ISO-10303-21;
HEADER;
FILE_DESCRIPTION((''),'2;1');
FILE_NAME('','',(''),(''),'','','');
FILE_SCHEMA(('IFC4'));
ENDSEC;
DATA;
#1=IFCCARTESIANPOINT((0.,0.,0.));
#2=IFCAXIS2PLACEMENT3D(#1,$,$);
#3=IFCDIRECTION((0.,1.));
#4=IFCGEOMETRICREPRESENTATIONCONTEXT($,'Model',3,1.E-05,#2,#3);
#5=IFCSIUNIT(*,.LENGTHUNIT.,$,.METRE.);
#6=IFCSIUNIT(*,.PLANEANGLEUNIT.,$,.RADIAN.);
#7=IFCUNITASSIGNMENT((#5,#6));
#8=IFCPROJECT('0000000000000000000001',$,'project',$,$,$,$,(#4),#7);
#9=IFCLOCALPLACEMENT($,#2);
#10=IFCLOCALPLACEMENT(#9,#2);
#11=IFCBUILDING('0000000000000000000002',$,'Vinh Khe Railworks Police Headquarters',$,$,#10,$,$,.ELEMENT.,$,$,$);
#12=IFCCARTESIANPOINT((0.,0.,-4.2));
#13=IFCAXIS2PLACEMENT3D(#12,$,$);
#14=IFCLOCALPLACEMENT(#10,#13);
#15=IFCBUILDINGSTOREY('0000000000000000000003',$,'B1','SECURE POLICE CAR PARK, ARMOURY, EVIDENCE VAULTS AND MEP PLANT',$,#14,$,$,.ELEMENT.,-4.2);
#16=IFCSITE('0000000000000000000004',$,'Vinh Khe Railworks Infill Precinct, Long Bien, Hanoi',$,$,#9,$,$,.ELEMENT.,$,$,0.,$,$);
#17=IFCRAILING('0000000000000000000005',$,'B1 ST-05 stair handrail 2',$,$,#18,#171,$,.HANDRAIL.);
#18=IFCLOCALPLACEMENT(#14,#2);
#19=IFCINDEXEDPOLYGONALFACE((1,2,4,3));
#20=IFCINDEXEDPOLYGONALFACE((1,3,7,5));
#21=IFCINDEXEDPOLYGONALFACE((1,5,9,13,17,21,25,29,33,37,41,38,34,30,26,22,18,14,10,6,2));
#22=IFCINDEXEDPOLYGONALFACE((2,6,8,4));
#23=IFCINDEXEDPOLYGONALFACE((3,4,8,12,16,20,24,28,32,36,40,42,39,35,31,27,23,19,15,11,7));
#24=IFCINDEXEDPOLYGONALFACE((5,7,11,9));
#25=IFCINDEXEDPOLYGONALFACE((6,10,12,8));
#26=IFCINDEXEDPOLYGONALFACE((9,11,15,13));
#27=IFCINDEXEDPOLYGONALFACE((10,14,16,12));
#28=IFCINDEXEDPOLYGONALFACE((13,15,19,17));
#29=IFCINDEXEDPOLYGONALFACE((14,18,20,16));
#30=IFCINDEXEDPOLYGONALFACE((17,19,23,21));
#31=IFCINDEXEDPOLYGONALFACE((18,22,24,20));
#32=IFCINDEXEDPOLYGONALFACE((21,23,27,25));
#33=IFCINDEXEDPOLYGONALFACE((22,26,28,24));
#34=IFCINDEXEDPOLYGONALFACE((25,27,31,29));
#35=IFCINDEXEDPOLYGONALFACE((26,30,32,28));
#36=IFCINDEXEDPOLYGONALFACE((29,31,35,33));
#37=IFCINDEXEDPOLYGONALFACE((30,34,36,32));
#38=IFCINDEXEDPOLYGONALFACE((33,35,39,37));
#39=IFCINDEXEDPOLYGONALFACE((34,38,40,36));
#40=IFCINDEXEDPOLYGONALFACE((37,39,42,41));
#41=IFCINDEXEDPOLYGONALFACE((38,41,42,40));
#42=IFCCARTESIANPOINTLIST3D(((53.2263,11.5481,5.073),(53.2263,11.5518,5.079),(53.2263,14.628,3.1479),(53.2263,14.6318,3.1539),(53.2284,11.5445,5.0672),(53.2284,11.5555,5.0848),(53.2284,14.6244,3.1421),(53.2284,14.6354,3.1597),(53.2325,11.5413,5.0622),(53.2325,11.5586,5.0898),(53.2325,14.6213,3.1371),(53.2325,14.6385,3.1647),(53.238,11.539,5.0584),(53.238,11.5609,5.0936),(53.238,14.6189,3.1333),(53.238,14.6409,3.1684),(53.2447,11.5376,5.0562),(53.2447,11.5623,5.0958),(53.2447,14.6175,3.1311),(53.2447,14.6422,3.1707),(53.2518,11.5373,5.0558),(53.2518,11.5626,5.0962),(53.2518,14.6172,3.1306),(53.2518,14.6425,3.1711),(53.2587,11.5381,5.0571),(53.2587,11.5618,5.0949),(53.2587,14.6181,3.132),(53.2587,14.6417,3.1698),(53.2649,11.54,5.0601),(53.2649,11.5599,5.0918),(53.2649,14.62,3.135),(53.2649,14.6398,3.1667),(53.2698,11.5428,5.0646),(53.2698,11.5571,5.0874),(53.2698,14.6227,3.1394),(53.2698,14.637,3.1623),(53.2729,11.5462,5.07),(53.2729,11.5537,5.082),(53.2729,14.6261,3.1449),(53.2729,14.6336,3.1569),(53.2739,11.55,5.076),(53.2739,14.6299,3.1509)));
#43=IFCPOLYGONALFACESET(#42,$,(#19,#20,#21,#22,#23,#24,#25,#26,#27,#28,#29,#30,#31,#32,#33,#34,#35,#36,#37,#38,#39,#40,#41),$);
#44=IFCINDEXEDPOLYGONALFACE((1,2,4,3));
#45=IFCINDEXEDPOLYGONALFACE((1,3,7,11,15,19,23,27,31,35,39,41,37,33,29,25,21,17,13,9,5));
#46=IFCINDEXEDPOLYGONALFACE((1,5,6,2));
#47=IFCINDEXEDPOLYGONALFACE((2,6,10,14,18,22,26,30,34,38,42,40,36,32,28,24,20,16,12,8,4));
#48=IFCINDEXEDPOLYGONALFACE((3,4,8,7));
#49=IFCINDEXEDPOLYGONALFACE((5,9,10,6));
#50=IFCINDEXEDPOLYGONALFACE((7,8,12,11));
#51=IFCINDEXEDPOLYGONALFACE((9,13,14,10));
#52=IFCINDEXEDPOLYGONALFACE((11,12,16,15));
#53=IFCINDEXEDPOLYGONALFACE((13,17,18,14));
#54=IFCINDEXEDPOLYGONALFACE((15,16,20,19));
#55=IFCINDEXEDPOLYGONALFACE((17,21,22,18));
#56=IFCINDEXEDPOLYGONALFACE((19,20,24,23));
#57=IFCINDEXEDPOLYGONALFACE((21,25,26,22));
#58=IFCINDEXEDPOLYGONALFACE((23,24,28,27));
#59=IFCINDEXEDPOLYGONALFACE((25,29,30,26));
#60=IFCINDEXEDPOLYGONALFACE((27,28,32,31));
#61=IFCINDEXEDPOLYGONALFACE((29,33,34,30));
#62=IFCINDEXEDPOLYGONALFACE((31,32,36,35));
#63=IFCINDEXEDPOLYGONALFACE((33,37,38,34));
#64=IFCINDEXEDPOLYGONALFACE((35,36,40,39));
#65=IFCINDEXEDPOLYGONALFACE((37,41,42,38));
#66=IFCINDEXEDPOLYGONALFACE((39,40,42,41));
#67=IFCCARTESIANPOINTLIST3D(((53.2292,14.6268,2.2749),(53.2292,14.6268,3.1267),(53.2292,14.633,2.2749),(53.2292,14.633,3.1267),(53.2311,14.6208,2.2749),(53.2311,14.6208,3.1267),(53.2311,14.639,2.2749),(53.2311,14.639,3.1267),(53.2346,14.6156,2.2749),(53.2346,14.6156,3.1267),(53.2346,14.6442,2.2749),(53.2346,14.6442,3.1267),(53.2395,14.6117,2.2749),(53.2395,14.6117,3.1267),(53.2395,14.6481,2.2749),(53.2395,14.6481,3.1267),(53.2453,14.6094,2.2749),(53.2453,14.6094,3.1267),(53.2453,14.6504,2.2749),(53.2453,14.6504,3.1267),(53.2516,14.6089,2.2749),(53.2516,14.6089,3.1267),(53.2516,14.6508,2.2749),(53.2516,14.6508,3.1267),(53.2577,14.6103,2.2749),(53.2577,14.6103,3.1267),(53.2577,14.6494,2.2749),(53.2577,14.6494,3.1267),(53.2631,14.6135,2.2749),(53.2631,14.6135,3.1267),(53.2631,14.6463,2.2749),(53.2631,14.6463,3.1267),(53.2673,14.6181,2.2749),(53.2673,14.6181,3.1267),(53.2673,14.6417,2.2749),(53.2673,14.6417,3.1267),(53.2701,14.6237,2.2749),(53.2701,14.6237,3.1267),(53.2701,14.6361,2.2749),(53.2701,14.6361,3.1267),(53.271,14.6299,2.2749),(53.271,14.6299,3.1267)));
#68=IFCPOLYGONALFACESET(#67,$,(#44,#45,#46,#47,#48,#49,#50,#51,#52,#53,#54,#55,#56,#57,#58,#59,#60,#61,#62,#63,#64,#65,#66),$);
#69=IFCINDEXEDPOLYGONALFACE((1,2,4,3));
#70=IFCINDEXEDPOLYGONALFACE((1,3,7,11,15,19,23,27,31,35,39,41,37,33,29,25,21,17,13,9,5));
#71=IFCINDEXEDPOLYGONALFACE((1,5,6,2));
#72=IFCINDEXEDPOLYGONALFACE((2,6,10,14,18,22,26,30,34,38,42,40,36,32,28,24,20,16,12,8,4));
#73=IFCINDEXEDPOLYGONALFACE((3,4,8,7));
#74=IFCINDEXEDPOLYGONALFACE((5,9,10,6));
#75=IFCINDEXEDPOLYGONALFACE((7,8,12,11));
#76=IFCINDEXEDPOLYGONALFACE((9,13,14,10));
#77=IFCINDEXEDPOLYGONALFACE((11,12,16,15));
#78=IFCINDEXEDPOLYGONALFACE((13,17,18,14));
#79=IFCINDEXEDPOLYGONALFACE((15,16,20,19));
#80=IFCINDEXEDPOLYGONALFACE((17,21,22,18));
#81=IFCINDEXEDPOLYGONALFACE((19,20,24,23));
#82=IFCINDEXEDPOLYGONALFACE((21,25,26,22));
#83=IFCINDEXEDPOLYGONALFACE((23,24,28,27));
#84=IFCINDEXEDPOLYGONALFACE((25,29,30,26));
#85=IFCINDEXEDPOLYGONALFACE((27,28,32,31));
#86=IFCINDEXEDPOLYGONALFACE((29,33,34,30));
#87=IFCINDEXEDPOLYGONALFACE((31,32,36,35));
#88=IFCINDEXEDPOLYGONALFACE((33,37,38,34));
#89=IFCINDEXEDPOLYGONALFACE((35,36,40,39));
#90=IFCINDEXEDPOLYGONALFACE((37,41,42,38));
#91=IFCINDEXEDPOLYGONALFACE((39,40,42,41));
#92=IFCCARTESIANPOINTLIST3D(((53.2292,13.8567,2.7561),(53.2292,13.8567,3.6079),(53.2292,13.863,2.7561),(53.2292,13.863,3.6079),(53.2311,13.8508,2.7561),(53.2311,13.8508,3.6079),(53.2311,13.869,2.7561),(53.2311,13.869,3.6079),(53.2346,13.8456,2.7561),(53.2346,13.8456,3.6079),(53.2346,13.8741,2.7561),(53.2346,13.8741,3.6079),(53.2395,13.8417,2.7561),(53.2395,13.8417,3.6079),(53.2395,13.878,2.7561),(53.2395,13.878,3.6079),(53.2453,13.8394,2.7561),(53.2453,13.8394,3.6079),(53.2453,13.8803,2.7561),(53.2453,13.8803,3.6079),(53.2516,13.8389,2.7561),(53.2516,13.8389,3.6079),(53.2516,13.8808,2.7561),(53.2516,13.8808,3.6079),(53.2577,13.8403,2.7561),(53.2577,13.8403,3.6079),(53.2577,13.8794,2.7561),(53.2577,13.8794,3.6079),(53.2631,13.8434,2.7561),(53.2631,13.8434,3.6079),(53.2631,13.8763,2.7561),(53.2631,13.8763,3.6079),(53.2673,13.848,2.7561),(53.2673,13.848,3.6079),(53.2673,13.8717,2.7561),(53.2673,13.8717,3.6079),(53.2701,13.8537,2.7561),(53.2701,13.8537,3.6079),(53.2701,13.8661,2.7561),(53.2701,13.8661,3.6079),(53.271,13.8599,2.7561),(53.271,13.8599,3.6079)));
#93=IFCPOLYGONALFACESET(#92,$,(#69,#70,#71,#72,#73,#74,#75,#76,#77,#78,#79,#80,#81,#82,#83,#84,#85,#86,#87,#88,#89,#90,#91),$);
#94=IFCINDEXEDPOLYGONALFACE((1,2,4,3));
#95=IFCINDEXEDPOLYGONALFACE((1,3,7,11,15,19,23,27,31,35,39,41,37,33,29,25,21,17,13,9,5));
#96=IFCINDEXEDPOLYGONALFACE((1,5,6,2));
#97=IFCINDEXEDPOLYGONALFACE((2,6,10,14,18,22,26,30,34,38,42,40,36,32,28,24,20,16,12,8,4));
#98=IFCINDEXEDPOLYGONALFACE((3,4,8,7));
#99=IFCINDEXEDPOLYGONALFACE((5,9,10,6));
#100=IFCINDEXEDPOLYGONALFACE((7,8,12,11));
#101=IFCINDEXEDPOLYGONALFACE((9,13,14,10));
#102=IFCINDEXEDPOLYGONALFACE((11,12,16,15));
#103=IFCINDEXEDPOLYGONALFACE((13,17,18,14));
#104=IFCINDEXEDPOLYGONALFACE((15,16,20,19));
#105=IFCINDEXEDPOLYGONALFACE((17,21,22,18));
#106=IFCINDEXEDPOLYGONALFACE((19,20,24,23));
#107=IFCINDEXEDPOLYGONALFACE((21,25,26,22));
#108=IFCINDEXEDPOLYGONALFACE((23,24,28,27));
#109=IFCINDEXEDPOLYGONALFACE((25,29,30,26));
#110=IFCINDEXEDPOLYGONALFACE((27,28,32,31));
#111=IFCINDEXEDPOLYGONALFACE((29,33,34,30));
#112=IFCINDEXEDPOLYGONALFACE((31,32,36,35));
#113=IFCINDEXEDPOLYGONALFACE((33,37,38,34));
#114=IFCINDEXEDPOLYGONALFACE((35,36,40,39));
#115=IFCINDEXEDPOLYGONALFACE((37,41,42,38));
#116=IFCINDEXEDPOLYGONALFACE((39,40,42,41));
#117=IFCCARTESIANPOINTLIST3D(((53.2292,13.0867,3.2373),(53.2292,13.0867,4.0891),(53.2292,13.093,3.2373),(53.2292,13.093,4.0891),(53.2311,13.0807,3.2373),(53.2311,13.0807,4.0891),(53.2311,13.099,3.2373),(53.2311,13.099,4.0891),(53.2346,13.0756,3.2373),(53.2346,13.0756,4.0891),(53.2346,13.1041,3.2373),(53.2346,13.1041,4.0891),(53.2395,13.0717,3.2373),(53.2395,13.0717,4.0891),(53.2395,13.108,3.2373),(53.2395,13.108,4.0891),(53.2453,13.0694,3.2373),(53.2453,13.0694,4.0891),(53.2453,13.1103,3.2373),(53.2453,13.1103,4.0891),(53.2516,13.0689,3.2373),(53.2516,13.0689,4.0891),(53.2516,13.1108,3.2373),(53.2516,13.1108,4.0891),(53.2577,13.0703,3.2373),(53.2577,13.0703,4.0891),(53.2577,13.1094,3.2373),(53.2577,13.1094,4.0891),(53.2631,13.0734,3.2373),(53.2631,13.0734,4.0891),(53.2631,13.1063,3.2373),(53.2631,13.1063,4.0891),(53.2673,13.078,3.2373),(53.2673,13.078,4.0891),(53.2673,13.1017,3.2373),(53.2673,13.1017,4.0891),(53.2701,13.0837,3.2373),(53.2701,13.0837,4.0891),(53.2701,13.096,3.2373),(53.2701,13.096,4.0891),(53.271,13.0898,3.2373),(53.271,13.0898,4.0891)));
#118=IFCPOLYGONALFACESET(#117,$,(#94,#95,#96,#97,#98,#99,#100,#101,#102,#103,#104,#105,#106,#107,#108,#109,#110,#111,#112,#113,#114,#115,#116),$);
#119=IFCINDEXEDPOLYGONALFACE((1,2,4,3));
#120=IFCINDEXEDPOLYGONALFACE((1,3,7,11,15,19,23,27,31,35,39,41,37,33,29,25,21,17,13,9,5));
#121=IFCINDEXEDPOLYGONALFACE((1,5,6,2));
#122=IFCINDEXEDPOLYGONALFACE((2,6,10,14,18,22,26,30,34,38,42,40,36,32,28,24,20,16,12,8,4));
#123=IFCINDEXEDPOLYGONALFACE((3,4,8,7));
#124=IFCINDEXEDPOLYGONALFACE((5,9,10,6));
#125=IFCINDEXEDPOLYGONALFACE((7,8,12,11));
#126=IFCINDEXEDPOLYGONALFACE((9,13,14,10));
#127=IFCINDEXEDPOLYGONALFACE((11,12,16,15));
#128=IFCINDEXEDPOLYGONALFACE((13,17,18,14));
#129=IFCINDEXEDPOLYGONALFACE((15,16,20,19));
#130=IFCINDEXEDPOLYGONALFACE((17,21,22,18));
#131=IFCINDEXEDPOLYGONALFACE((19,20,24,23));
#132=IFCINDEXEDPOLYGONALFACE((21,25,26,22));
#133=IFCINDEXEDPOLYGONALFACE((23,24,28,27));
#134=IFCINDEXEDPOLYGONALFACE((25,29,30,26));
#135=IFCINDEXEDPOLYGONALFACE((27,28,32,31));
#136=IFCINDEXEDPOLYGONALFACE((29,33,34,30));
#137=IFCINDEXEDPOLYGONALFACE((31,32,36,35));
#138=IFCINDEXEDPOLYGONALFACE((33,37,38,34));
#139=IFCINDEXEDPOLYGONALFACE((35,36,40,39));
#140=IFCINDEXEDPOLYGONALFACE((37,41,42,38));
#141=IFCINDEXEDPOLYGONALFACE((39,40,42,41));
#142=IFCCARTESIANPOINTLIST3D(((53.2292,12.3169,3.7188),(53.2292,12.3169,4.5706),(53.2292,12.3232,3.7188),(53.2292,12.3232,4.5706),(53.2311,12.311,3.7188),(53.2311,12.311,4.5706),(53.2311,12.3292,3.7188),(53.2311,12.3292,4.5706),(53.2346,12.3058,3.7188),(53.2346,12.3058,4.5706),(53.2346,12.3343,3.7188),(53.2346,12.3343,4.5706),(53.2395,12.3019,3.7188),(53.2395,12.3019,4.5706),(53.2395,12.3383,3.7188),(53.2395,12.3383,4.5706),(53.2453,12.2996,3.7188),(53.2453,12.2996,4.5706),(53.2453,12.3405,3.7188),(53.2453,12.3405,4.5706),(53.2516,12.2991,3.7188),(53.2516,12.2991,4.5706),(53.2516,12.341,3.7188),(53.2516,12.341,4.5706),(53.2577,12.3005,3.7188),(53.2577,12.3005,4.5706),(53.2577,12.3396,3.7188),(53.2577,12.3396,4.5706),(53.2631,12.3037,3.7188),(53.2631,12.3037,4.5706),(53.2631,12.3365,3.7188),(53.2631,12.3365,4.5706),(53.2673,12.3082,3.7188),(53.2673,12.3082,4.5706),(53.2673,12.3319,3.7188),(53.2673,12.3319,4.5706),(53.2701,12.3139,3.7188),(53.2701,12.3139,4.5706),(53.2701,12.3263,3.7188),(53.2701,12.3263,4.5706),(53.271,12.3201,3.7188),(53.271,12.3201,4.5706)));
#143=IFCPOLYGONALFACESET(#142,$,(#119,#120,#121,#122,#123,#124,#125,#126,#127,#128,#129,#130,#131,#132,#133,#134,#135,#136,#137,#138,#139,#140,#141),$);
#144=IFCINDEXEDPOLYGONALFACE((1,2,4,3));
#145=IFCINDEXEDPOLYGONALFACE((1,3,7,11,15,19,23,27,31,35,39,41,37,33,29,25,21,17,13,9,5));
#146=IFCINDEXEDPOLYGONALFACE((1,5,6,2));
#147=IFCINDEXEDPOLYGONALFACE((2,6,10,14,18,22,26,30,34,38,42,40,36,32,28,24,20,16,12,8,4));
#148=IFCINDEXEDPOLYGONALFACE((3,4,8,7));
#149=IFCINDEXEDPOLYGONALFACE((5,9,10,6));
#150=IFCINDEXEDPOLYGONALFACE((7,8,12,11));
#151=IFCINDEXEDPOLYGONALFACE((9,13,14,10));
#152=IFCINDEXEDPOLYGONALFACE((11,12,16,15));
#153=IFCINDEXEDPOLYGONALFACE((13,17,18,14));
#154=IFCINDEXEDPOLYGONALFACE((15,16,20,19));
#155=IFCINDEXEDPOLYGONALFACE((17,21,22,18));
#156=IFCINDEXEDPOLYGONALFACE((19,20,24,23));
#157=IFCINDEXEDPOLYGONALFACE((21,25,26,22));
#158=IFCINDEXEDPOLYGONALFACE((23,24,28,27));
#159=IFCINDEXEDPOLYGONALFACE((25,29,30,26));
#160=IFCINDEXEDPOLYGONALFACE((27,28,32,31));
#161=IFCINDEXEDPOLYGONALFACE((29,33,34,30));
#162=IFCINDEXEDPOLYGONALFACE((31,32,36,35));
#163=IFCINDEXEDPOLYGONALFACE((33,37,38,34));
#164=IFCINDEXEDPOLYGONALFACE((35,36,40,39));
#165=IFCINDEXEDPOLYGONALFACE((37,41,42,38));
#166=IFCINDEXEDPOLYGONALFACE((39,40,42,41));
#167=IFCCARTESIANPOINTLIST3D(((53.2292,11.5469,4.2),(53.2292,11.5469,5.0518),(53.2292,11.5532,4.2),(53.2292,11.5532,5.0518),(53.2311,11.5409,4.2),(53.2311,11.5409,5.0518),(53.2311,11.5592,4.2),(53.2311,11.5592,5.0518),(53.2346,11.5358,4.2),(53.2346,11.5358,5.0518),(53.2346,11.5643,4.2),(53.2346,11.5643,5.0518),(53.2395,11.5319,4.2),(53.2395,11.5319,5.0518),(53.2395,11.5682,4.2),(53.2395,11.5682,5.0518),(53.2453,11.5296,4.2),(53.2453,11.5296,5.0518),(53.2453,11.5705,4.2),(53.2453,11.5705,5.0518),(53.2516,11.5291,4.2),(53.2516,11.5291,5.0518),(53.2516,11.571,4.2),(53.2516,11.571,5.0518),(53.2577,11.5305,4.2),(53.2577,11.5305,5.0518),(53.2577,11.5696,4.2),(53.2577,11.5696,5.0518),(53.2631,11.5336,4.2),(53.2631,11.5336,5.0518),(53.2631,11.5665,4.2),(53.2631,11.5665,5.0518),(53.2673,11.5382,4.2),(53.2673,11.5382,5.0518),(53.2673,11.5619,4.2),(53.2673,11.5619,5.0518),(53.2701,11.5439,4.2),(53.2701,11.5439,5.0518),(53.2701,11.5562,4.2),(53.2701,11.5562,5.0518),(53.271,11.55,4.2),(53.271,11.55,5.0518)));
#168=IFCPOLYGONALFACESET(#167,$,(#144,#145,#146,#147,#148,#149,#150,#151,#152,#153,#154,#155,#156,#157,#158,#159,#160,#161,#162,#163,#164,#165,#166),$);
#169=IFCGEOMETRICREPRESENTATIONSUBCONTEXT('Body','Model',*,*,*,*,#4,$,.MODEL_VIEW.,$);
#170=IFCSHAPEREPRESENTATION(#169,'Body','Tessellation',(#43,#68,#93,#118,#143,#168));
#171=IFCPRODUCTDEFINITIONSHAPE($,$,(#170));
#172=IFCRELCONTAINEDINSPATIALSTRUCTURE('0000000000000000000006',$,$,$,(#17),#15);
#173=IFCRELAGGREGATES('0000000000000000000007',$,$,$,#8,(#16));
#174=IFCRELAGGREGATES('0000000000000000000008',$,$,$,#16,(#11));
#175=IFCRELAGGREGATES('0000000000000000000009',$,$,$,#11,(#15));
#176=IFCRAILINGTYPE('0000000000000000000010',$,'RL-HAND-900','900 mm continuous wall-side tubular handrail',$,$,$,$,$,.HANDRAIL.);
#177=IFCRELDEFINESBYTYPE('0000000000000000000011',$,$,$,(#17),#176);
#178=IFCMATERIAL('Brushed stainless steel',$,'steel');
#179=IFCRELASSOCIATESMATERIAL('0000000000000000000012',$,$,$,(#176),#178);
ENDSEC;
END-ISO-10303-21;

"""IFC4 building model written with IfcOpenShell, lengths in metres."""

from ifc_helpers import new_model, si_unit, direction, frame, origin, origin_2d, place, context, subcontext, project, spatial, circle, extrude, material, type_object, element, save


model = new_model("IFC4")

# Units and contexts
model_context = context("Model", 3, precision=1e-05, world=origin(), true_north=direction((0.0, 1.0)))
body_context = subcontext(model_context, "Body", "Model", "MODEL_VIEW")
ifc_project = project(units=[si_unit("LENGTHUNIT", "METRE"), si_unit("PLANEANGLEUNIT", "RADIAN")], contexts=[model_context])

# Site, building, storey
site_placement = place(None, origin())
site = spatial("IfcSite", under=ifc_project, at=site_placement, Name="Vinh Khe Railworks Infill Precinct, Long Bien, Hanoi", CompositionType="ELEMENT", RefElevation=0.0)
building_placement = place(site_placement, origin())
building = spatial("IfcBuilding", under=site, at=building_placement, Name="Vinh Khe Railworks Police Headquarters", CompositionType="ELEMENT")
storey_placement = place(building_placement, frame((0.0, 0.0, -4.2)))
storey = spatial("IfcBuildingStorey", under=building, at=storey_placement, Name="B1", Description="SECURE POLICE CAR PARK, ARMOURY, EVIDENCE VAULTS AND MEP PLANT", CompositionType="ELEMENT", Elevation=-4.2)

# Railing
ifc_material_1 = material(Name="Brushed stainless steel", Category="steel")
railing_type = type_object("IfcRailingType", Name="RL-HAND-900", Description="900 mm continuous wall-side tubular handrail", PredefinedType="HANDRAIL", material=ifc_material_1)
railing_placement = place(storey_placement, frame((53.25, 14.6299, 2.2749)))
element("IfcRailing", 1, at=railing_placement, inside=storey, type_object=railing_type, Name="B1 ST-05 stair handrail 2", PredefinedType="HANDRAIL", context=body_context, shape_type="SweptSolid", body=[
    extrude(circle(Radius=0.0239, at=origin_2d()), frame((0.0, 0.0, 0.876), z_axis=(0.0, -0.847979, 0.530029), x_axis=(1.0, 0.0, 0.0)), (0.0, 0.0, 1.0), 3.6321),
    extrude(circle(Radius=0.021, at=origin_2d()), origin(), (0.0, 0.0, 1.0), 0.8518),
    extrude(circle(Radius=0.021, at=origin_2d()), frame((0.0, -0.77, 0.4812)), (0.0, 0.0, 1.0), 0.8518),
    extrude(circle(Radius=0.021, at=origin_2d()), frame((0.0, -1.54, 0.9624)), (0.0, 0.0, 1.0), 0.8518),
    extrude(circle(Radius=0.021, at=origin_2d()), frame((0.0, -2.3098, 1.4438)), (0.0, 0.0, 1.0), 0.8518),
    extrude(circle(Radius=0.021, at=origin_2d()), frame((0.0, -3.0798, 1.925)), (0.0, 0.0, 1.0), 0.8518),
])

save(model, "model.ifc")
